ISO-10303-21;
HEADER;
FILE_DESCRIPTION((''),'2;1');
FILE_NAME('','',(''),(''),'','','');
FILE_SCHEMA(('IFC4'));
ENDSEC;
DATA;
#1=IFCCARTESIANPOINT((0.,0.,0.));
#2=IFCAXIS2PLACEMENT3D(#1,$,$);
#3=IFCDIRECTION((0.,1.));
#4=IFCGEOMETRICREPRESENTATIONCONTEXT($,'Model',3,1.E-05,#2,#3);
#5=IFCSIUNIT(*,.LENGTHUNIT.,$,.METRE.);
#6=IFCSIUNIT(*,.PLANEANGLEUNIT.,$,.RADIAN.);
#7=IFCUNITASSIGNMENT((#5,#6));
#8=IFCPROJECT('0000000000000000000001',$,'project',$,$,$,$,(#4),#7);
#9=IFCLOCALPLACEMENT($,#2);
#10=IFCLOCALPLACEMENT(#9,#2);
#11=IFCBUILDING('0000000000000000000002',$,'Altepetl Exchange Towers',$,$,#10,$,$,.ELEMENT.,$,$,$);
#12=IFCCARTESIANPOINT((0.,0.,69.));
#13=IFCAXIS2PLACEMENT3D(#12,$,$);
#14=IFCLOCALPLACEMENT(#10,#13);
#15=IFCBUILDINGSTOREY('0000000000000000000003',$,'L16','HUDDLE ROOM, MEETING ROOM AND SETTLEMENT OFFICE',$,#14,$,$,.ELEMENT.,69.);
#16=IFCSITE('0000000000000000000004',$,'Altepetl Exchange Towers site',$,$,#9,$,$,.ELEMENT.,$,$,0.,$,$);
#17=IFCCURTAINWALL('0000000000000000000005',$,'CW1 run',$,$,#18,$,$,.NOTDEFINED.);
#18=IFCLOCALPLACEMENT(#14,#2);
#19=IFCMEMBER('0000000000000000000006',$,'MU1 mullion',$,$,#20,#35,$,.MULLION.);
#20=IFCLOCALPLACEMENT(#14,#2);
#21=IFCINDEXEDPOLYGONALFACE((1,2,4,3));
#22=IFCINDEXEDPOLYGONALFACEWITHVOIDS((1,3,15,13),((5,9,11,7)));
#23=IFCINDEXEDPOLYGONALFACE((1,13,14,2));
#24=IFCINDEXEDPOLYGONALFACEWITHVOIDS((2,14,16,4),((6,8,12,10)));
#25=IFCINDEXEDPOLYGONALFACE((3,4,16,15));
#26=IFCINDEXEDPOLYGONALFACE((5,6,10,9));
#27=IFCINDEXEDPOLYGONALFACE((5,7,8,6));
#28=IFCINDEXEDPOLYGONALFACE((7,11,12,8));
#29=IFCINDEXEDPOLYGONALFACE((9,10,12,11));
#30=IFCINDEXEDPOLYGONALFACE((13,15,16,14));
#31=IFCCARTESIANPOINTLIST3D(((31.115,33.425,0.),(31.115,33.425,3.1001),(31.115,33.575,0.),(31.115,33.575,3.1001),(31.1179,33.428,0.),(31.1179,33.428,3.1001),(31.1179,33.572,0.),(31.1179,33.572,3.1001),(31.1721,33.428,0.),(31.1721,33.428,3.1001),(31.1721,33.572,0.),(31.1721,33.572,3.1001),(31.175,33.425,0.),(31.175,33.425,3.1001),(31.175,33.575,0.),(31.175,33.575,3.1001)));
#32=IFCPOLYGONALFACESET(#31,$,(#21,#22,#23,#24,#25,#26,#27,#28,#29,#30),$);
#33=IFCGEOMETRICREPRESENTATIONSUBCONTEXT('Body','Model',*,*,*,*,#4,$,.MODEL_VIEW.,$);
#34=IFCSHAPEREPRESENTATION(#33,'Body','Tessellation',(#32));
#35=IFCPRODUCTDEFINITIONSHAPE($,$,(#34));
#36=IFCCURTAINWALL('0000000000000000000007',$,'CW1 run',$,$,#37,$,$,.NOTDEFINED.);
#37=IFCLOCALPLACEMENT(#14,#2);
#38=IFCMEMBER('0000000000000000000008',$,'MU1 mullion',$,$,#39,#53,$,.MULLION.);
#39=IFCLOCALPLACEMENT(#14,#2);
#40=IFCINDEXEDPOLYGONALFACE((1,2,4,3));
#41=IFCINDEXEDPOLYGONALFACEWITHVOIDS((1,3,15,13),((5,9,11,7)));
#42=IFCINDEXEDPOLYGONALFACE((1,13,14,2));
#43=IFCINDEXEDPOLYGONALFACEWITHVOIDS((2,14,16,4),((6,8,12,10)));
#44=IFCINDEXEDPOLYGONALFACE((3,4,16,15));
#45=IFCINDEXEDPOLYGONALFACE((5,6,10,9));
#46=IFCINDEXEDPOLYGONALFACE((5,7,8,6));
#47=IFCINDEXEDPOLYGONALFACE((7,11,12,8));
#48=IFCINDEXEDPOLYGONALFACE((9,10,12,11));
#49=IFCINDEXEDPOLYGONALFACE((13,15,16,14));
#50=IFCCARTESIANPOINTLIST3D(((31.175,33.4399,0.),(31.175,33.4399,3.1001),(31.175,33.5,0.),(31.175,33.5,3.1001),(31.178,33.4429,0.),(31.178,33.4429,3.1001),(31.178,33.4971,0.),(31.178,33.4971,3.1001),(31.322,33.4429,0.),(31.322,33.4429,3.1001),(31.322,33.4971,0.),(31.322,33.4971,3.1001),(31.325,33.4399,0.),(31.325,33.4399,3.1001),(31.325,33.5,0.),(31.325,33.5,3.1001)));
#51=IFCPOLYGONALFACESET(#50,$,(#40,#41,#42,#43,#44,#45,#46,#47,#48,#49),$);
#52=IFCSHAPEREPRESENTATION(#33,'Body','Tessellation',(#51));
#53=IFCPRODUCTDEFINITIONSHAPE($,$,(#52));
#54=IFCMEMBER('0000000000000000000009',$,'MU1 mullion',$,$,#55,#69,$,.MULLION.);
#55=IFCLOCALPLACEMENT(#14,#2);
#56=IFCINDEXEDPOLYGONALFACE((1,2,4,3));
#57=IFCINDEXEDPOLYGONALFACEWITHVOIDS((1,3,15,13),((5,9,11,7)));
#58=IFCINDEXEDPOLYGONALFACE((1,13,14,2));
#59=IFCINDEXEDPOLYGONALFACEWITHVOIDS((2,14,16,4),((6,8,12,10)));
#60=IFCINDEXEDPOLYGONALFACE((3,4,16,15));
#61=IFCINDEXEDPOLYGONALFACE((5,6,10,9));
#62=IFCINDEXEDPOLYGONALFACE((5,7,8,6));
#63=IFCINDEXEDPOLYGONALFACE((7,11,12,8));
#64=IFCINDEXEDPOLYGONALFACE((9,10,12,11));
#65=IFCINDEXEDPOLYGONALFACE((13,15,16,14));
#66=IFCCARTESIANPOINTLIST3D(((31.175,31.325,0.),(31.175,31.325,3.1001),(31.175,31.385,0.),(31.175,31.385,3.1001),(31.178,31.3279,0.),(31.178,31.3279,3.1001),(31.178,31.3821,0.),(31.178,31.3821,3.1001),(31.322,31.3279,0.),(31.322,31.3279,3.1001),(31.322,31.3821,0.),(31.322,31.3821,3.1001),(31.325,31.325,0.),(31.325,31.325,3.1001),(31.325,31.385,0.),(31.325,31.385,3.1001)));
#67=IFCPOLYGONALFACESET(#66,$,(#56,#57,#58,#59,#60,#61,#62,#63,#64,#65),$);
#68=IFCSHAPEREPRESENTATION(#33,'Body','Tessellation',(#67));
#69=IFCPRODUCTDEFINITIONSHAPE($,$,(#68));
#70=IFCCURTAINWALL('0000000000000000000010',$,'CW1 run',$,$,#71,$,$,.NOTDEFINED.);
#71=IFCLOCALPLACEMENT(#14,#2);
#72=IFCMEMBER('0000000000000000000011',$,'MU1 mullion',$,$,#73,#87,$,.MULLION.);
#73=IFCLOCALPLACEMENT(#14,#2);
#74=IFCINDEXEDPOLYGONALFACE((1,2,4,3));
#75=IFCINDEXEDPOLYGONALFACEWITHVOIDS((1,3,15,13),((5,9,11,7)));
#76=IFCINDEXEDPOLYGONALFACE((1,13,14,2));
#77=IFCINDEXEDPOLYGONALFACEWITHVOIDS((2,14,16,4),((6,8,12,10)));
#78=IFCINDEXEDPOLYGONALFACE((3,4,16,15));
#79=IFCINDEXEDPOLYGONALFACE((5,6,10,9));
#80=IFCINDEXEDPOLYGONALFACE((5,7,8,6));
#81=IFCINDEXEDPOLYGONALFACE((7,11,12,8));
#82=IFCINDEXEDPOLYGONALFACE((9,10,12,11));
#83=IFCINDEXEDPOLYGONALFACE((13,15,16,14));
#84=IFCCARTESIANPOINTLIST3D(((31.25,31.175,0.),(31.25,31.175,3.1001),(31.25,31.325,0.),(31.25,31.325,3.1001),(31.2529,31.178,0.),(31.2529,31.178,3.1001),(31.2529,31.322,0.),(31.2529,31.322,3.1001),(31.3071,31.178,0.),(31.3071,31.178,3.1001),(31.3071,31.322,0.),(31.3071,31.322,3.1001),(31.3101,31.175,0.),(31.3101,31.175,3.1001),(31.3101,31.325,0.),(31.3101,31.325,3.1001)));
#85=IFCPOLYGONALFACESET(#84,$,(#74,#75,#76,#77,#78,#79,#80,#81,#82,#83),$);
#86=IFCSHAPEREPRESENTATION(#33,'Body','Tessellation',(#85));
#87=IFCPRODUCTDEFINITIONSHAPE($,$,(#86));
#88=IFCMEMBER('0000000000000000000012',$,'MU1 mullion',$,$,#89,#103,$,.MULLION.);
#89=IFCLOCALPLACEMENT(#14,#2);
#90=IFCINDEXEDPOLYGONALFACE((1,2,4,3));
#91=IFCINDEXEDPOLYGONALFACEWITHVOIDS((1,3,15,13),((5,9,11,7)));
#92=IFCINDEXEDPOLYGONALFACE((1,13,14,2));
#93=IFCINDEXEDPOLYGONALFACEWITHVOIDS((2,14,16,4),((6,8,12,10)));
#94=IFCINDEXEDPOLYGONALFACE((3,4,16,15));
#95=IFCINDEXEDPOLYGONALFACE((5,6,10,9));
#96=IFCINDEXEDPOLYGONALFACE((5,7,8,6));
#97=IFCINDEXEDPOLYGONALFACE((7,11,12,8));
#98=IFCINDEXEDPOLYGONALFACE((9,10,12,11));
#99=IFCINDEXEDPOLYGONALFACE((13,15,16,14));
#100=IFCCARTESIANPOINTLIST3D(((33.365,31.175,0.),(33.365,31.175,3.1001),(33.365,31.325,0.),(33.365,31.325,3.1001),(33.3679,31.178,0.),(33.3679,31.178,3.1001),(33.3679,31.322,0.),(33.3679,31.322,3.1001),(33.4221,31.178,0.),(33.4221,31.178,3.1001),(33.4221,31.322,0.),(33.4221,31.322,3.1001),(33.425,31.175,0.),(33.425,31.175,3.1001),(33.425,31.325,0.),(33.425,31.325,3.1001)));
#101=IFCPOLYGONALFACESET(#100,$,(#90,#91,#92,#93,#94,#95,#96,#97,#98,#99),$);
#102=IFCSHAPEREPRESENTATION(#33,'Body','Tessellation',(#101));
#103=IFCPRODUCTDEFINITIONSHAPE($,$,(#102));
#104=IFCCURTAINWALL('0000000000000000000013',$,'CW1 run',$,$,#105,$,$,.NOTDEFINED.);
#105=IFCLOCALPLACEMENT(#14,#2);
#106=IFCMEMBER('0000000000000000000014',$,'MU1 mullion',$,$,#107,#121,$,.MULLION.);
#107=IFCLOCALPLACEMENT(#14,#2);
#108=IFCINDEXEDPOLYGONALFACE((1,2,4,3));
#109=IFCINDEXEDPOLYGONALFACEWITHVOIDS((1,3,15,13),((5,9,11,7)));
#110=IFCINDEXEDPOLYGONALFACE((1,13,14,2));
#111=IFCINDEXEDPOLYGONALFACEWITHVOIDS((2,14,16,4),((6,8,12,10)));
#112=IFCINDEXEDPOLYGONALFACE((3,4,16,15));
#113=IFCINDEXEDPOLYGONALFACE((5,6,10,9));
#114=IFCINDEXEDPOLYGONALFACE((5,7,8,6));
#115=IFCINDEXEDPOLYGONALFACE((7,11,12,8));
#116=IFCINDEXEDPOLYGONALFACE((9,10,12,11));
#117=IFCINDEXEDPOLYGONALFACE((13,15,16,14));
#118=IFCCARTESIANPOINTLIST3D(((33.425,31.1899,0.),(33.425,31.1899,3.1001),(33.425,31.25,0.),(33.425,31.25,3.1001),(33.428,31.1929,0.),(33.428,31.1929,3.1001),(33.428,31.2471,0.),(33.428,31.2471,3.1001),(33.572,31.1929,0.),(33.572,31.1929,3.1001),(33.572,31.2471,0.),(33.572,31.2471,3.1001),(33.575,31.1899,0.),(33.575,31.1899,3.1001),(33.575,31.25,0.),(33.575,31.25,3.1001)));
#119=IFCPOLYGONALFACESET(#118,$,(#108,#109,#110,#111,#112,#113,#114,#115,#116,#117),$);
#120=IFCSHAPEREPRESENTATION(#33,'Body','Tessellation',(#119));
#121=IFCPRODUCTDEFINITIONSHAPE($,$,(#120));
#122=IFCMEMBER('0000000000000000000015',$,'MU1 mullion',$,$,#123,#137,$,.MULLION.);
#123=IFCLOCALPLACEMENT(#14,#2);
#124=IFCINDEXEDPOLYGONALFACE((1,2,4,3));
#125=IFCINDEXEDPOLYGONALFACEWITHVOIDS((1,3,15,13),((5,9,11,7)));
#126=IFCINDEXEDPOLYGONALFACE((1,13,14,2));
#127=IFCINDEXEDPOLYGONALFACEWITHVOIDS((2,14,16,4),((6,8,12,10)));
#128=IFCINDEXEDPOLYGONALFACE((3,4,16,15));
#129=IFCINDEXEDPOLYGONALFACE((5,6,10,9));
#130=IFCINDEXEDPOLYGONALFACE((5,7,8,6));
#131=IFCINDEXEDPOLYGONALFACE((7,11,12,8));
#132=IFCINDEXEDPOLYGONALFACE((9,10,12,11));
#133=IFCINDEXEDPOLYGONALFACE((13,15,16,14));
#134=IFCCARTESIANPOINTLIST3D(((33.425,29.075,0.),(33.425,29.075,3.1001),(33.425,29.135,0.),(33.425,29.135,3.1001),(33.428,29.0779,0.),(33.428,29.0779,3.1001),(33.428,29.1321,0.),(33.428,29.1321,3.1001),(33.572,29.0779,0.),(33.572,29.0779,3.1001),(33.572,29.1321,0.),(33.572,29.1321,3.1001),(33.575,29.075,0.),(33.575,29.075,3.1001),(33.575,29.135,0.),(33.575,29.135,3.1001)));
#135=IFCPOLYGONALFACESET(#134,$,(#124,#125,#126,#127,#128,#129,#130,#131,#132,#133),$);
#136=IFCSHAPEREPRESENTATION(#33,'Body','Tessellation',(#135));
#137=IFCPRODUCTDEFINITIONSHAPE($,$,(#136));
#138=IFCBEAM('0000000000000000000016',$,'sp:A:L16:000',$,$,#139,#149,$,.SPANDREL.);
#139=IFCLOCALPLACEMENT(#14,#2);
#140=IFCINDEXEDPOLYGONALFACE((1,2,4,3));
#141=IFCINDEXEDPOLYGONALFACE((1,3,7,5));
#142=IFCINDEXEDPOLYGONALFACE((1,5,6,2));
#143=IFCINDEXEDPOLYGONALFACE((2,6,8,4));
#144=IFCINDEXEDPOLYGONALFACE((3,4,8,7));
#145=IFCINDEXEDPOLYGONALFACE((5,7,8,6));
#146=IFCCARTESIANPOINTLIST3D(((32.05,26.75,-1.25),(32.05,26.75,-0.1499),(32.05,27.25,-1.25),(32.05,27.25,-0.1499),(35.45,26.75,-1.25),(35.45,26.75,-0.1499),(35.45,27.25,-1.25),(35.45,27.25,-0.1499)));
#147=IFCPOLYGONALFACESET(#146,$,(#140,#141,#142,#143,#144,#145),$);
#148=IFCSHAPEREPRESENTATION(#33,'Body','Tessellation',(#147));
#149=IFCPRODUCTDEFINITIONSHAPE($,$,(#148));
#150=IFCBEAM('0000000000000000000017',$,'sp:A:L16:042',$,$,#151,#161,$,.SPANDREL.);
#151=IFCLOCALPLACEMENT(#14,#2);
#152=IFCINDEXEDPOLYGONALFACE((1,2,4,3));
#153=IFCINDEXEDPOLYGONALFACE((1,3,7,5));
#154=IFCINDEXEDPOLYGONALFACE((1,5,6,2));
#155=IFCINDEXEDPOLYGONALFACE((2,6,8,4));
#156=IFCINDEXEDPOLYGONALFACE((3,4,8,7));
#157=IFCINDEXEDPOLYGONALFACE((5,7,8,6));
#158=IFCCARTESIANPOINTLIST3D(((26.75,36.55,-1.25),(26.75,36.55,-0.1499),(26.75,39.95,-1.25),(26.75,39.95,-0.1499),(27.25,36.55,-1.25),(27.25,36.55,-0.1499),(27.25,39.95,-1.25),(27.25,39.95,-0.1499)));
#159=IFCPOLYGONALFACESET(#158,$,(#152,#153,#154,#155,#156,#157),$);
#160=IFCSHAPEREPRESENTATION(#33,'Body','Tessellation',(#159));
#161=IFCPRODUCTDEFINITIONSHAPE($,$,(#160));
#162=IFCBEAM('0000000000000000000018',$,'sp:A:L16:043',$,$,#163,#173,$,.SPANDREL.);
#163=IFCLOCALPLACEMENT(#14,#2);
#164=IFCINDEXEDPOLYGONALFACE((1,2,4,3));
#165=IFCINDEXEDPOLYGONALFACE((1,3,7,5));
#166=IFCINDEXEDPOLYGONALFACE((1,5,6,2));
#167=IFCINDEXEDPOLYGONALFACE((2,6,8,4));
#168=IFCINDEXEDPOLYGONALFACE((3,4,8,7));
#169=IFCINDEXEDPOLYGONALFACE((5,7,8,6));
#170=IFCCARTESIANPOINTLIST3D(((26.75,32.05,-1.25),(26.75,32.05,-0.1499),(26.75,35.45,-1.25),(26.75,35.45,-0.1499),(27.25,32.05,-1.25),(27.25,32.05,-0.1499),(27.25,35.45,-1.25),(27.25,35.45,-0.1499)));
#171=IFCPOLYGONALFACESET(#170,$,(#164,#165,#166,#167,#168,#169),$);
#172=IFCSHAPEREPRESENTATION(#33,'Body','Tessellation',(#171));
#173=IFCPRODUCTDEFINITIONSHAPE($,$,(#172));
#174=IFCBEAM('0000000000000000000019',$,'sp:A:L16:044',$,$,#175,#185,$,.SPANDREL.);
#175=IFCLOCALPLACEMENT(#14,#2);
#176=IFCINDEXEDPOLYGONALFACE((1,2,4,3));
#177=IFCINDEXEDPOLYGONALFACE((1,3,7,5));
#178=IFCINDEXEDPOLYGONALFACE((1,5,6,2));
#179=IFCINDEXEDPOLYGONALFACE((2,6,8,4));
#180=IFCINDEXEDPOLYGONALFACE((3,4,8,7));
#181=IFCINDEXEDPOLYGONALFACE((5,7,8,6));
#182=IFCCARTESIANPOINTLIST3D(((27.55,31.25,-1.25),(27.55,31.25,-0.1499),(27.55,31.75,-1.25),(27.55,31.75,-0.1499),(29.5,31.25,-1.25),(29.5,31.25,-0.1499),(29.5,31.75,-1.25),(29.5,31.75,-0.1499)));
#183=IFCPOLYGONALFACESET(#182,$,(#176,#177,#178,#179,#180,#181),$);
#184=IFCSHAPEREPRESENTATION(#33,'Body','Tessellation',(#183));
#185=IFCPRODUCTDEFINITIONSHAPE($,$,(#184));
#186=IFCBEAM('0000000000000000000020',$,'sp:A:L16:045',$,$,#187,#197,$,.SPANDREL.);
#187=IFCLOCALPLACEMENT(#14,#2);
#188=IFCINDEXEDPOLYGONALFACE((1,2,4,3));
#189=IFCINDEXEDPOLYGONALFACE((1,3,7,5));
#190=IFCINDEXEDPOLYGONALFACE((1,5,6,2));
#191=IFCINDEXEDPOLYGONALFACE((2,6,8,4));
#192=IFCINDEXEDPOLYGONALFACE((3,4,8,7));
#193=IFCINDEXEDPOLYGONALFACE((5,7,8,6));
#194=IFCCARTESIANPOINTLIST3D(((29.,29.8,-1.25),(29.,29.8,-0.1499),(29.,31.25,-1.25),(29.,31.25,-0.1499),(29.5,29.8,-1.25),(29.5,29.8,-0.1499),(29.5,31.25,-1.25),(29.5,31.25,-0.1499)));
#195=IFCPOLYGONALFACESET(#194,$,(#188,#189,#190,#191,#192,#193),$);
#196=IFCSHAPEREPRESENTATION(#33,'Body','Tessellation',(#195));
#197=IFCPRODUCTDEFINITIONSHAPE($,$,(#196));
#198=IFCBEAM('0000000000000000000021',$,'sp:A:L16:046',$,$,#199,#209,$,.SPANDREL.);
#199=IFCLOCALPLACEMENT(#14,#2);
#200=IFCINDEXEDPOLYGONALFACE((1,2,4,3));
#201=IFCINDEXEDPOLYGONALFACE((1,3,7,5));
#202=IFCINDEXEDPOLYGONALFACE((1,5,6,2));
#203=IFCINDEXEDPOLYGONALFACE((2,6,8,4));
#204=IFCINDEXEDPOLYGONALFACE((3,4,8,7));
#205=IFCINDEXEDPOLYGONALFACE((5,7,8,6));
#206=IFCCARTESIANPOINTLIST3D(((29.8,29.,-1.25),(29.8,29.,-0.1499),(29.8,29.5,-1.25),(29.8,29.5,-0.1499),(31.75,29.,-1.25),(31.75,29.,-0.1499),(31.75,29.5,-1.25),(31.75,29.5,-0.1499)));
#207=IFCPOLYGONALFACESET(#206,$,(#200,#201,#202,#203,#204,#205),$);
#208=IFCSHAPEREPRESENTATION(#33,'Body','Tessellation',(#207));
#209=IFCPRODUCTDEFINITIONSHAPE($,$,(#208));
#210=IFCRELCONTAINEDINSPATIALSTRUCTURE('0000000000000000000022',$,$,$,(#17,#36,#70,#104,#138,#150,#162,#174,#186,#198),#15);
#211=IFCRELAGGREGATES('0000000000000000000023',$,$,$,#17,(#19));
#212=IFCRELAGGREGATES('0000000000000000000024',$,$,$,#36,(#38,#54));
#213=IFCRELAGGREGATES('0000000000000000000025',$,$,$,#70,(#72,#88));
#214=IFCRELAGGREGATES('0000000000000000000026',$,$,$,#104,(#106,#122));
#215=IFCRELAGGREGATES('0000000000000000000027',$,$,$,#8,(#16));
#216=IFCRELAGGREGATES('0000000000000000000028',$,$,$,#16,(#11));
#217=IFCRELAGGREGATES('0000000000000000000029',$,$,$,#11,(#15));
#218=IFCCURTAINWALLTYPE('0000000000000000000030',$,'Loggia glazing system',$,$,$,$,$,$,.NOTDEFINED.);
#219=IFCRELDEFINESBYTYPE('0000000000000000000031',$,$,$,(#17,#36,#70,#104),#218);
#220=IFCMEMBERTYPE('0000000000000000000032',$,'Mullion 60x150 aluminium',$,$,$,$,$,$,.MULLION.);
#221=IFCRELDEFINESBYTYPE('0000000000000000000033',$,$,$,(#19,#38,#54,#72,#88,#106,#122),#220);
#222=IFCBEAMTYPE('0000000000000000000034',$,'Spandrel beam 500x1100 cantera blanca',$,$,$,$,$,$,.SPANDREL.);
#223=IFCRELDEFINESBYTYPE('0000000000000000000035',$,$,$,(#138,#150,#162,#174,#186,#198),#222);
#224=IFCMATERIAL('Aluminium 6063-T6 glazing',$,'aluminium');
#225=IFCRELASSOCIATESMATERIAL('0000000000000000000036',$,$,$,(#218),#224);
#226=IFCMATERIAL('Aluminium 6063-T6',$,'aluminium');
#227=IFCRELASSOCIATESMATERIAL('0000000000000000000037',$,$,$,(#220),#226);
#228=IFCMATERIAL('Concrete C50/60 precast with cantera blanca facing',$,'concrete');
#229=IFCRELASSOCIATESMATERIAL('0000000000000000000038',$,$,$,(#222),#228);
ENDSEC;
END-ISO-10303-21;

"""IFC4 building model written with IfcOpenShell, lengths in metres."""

from ifc_helpers import new_model, si_unit, direction, frame, origin, origin_2d, place, context, subcontext, project, spatial, rectangle, hollow_rectangle, extrude, material, material_profile, profile_set, type_object, element, aggregate, save


model = new_model("IFC4")

# Units and contexts
model_context = context("Model", 3, precision=1e-05, world=origin(), true_north=direction((0.0, 1.0)))
body_context = subcontext(model_context, "Body", "Model", "MODEL_VIEW")
ifc_project = project(units=[si_unit("LENGTHUNIT", "METRE"), si_unit("PLANEANGLEUNIT", "RADIAN")], contexts=[model_context])

# Site, building, storey
site_placement = place(None, origin())
site = spatial("IfcSite", under=ifc_project, at=site_placement, Name="Altepetl Exchange Towers site", CompositionType="ELEMENT", RefElevation=0.0)
building_placement = place(site_placement, origin())
building = spatial("IfcBuilding", under=site, at=building_placement, Name="Altepetl Exchange Towers", CompositionType="ELEMENT")
storey_placement = place(building_placement, frame((0.0, 0.0, 69.0)))
storey = spatial("IfcBuildingStorey", under=building, at=storey_placement, Name="L16", Description="HUDDLE ROOM, MEETING ROOM AND SETTLEMENT OFFICE", CompositionType="ELEMENT", Elevation=69.0)

# Curtain walls, members
ifc_material_1 = material(Name="Aluminium 6063-T6 glazing", Category="aluminium")
curtain_wall_type = type_object("IfcCurtainWallType", Name="Loggia glazing system", PredefinedType="NOTDEFINED", material=ifc_material_1)
ifc_material_2 = material(Name="Aluminium 6063-T6", Category="aluminium")
ifc_material_profile_1 = material_profile(ifc_material_2, hollow_rectangle(XDim=0.0601, YDim=0.1499, WallThickness=0.0029, at=origin_2d()), Name="Mullion 60x150 aluminium")
ifc_profile_set_1 = profile_set([ifc_material_profile_1], Name="Aluminium 6063-T6")
member_type = type_object("IfcMemberType", Name="Mullion 60x150 aluminium", PredefinedType="MULLION", material=ifc_profile_set_1)
curtain_wall_1_placement = place(storey_placement, origin())
curtain_wall_1 = element("IfcCurtainWall", 1, at=curtain_wall_1_placement, inside=storey, type_object=curtain_wall_type, Name="CW1 run", PredefinedType="NOTDEFINED")
member_1_placement = place(storey_placement, frame((31.145, 33.5, 0.0)))
member_1 = element("IfcMember", 2, at=member_1_placement, type_object=member_type, Name="MU1 mullion", PredefinedType="MULLION", context=body_context, shape_type="SweptSolid", body=[
    extrude(hollow_rectangle(XDim=0.0601, YDim=0.1499, WallThickness=0.0029, at=origin_2d()), origin(), (0.0, 0.0, 1.0), 3.1001),
])
curtain_wall_2_placement = place(storey_placement, origin())
curtain_wall_2 = element("IfcCurtainWall", 3, at=curtain_wall_2_placement, inside=storey, type_object=curtain_wall_type, Name="CW1 run", PredefinedType="NOTDEFINED")
member_2_placement = place(storey_placement, frame((31.25, 33.47, 0.0), z_axis=(0.0, 0.0, 1.0), x_axis=(0.0, -1.0, 0.0)))
member_2 = element("IfcMember", 4, at=member_2_placement, type_object=member_type, Name="MU1 mullion", PredefinedType="MULLION", context=body_context, shape_type="SweptSolid", body=[
    extrude(hollow_rectangle(XDim=0.0601, YDim=0.1499, WallThickness=0.0029, at=origin_2d()), origin(), (0.0, 0.0, 1.0), 3.1001),
])
member_3_placement = place(storey_placement, frame((31.25, 31.355, 0.0), z_axis=(0.0, 0.0, 1.0), x_axis=(0.0, -1.0, 0.0)))
member_3 = element("IfcMember", 5, at=member_3_placement, type_object=member_type, Name="MU1 mullion", PredefinedType="MULLION", context=body_context, shape_type="SweptSolid", body=[
    extrude(hollow_rectangle(XDim=0.0601, YDim=0.1499, WallThickness=0.0029, at=origin_2d()), origin(), (0.0, 0.0, 1.0), 3.1001),
])
curtain_wall_3_placement = place(storey_placement, origin())
curtain_wall_3 = element("IfcCurtainWall", 6, at=curtain_wall_3_placement, inside=storey, type_object=curtain_wall_type, Name="CW1 run", PredefinedType="NOTDEFINED")
member_4_placement = place(storey_placement, frame((31.28, 31.25, 0.0)))
member_4 = element("IfcMember", 7, at=member_4_placement, type_object=member_type, Name="MU1 mullion", PredefinedType="MULLION", context=body_context, shape_type="SweptSolid", body=[
    extrude(hollow_rectangle(XDim=0.0601, YDim=0.1499, WallThickness=0.0029, at=origin_2d()), origin(), (0.0, 0.0, 1.0), 3.1001),
])
member_5_placement = place(storey_placement, frame((33.395, 31.25, 0.0)))
member_5 = element("IfcMember", 8, at=member_5_placement, type_object=member_type, Name="MU1 mullion", PredefinedType="MULLION", context=body_context, shape_type="SweptSolid", body=[
    extrude(hollow_rectangle(XDim=0.0601, YDim=0.1499, WallThickness=0.0029, at=origin_2d()), origin(), (0.0, 0.0, 1.0), 3.1001),
])
curtain_wall_4_placement = place(storey_placement, origin())
curtain_wall_4 = element("IfcCurtainWall", 9, at=curtain_wall_4_placement, inside=storey, type_object=curtain_wall_type, Name="CW1 run", PredefinedType="NOTDEFINED")
member_6_placement = place(storey_placement, frame((33.5, 31.22, 0.0), z_axis=(0.0, 0.0, 1.0), x_axis=(0.0, -1.0, 0.0)))
member_6 = element("IfcMember", 10, at=member_6_placement, type_object=member_type, Name="MU1 mullion", PredefinedType="MULLION", context=body_context, shape_type="SweptSolid", body=[
    extrude(hollow_rectangle(XDim=0.0601, YDim=0.1499, WallThickness=0.0029, at=origin_2d()), origin(), (0.0, 0.0, 1.0), 3.1001),
])
member_7_placement = place(storey_placement, frame((33.5, 29.105, 0.0), z_axis=(0.0, 0.0, 1.0), x_axis=(0.0, -1.0, 0.0)))
member_7 = element("IfcMember", 11, at=member_7_placement, type_object=member_type, Name="MU1 mullion", PredefinedType="MULLION", context=body_context, shape_type="SweptSolid", body=[
    extrude(hollow_rectangle(XDim=0.0601, YDim=0.1499, WallThickness=0.0029, at=origin_2d()), origin(), (0.0, 0.0, 1.0), 3.1001),
])

# Beams
ifc_material_3 = material(Name="Concrete C50/60 precast with cantera blanca facing", Category="concrete")
ifc_material_profile_2 = material_profile(ifc_material_3, rectangle(XDim=0.5, YDim=1.1001, at=origin_2d()), Name="500 x 1100")
ifc_profile_set_2 = profile_set([ifc_material_profile_2], Name="Concrete C50/60 precast with cantera blanca facing")
beam_type_1 = type_object("IfcBeamType", Name="Spandrel beam 500x1100 cantera blanca", PredefinedType="SPANDREL", material=ifc_profile_set_2)
for number, where, z_axis, x_axis, name in (
    (12, (32.05, 27.0, -0.7), (1.0, 0.0, 0.0), (0.0, 1.0, 0.0), "sp:A:L16:000"),
    (13, (27.0, 39.95, -0.7), (0.0, -1.0, 0.0), (1.0, 0.0, 0.0), "sp:A:L16:042"),
    (14, (27.0, 35.45, -0.7), (0.0, -1.0, 0.0), (1.0, 0.0, 0.0), "sp:A:L16:043"),
):
    element("IfcBeam", number, at=place(storey_placement, frame(where, z_axis=z_axis, x_axis=x_axis)), inside=storey, type_object=beam_type_1, Name=name, PredefinedType="SPANDREL", context=body_context, shape_type="SweptSolid", body=[
        extrude(rectangle(XDim=0.5, YDim=1.1001, at=origin_2d()), origin(), (0.0, 0.0, 1.0), 3.3999),
    ])
beam_1_placement = place(storey_placement, frame((27.55, 31.5, -0.7), z_axis=(1.0, 0.0, 0.0), x_axis=(0.0, 1.0, 0.0)))
element("IfcBeam", 15, at=beam_1_placement, inside=storey, type_object=beam_type_1, Name="sp:A:L16:044", PredefinedType="SPANDREL", context=body_context, shape_type="SweptSolid", body=[
    extrude(rectangle(XDim=0.5, YDim=1.1001, at=origin_2d()), origin(), (0.0, 0.0, 1.0), 1.95),
])
beam_2_placement = place(storey_placement, frame((29.25, 31.25, -0.7), z_axis=(0.0, -1.0, 0.0), x_axis=(1.0, 0.0, 0.0)))
element("IfcBeam", 16, at=beam_2_placement, inside=storey, type_object=beam_type_1, Name="sp:A:L16:045", PredefinedType="SPANDREL", context=body_context, shape_type="SweptSolid", body=[
    extrude(rectangle(XDim=0.5, YDim=1.1001, at=origin_2d()), origin(), (0.0, 0.0, 1.0), 1.45),
])
beam_3_placement = place(storey_placement, frame((29.8, 29.25, -0.7), z_axis=(1.0, 0.0, 0.0), x_axis=(0.0, 1.0, 0.0)))
element("IfcBeam", 17, at=beam_3_placement, inside=storey, type_object=beam_type_1, Name="sp:A:L16:046", PredefinedType="SPANDREL", context=body_context, shape_type="SweptSolid", body=[
    extrude(rectangle(XDim=0.5, YDim=1.1001, at=origin_2d()), origin(), (0.0, 0.0, 1.0), 1.95),
])

aggregate(curtain_wall_1, [member_1])
aggregate(curtain_wall_2, [member_2, member_3])
aggregate(curtain_wall_3, [member_4, member_5])
aggregate(curtain_wall_4, [member_6, member_7])

save(model, "model.ifc")
